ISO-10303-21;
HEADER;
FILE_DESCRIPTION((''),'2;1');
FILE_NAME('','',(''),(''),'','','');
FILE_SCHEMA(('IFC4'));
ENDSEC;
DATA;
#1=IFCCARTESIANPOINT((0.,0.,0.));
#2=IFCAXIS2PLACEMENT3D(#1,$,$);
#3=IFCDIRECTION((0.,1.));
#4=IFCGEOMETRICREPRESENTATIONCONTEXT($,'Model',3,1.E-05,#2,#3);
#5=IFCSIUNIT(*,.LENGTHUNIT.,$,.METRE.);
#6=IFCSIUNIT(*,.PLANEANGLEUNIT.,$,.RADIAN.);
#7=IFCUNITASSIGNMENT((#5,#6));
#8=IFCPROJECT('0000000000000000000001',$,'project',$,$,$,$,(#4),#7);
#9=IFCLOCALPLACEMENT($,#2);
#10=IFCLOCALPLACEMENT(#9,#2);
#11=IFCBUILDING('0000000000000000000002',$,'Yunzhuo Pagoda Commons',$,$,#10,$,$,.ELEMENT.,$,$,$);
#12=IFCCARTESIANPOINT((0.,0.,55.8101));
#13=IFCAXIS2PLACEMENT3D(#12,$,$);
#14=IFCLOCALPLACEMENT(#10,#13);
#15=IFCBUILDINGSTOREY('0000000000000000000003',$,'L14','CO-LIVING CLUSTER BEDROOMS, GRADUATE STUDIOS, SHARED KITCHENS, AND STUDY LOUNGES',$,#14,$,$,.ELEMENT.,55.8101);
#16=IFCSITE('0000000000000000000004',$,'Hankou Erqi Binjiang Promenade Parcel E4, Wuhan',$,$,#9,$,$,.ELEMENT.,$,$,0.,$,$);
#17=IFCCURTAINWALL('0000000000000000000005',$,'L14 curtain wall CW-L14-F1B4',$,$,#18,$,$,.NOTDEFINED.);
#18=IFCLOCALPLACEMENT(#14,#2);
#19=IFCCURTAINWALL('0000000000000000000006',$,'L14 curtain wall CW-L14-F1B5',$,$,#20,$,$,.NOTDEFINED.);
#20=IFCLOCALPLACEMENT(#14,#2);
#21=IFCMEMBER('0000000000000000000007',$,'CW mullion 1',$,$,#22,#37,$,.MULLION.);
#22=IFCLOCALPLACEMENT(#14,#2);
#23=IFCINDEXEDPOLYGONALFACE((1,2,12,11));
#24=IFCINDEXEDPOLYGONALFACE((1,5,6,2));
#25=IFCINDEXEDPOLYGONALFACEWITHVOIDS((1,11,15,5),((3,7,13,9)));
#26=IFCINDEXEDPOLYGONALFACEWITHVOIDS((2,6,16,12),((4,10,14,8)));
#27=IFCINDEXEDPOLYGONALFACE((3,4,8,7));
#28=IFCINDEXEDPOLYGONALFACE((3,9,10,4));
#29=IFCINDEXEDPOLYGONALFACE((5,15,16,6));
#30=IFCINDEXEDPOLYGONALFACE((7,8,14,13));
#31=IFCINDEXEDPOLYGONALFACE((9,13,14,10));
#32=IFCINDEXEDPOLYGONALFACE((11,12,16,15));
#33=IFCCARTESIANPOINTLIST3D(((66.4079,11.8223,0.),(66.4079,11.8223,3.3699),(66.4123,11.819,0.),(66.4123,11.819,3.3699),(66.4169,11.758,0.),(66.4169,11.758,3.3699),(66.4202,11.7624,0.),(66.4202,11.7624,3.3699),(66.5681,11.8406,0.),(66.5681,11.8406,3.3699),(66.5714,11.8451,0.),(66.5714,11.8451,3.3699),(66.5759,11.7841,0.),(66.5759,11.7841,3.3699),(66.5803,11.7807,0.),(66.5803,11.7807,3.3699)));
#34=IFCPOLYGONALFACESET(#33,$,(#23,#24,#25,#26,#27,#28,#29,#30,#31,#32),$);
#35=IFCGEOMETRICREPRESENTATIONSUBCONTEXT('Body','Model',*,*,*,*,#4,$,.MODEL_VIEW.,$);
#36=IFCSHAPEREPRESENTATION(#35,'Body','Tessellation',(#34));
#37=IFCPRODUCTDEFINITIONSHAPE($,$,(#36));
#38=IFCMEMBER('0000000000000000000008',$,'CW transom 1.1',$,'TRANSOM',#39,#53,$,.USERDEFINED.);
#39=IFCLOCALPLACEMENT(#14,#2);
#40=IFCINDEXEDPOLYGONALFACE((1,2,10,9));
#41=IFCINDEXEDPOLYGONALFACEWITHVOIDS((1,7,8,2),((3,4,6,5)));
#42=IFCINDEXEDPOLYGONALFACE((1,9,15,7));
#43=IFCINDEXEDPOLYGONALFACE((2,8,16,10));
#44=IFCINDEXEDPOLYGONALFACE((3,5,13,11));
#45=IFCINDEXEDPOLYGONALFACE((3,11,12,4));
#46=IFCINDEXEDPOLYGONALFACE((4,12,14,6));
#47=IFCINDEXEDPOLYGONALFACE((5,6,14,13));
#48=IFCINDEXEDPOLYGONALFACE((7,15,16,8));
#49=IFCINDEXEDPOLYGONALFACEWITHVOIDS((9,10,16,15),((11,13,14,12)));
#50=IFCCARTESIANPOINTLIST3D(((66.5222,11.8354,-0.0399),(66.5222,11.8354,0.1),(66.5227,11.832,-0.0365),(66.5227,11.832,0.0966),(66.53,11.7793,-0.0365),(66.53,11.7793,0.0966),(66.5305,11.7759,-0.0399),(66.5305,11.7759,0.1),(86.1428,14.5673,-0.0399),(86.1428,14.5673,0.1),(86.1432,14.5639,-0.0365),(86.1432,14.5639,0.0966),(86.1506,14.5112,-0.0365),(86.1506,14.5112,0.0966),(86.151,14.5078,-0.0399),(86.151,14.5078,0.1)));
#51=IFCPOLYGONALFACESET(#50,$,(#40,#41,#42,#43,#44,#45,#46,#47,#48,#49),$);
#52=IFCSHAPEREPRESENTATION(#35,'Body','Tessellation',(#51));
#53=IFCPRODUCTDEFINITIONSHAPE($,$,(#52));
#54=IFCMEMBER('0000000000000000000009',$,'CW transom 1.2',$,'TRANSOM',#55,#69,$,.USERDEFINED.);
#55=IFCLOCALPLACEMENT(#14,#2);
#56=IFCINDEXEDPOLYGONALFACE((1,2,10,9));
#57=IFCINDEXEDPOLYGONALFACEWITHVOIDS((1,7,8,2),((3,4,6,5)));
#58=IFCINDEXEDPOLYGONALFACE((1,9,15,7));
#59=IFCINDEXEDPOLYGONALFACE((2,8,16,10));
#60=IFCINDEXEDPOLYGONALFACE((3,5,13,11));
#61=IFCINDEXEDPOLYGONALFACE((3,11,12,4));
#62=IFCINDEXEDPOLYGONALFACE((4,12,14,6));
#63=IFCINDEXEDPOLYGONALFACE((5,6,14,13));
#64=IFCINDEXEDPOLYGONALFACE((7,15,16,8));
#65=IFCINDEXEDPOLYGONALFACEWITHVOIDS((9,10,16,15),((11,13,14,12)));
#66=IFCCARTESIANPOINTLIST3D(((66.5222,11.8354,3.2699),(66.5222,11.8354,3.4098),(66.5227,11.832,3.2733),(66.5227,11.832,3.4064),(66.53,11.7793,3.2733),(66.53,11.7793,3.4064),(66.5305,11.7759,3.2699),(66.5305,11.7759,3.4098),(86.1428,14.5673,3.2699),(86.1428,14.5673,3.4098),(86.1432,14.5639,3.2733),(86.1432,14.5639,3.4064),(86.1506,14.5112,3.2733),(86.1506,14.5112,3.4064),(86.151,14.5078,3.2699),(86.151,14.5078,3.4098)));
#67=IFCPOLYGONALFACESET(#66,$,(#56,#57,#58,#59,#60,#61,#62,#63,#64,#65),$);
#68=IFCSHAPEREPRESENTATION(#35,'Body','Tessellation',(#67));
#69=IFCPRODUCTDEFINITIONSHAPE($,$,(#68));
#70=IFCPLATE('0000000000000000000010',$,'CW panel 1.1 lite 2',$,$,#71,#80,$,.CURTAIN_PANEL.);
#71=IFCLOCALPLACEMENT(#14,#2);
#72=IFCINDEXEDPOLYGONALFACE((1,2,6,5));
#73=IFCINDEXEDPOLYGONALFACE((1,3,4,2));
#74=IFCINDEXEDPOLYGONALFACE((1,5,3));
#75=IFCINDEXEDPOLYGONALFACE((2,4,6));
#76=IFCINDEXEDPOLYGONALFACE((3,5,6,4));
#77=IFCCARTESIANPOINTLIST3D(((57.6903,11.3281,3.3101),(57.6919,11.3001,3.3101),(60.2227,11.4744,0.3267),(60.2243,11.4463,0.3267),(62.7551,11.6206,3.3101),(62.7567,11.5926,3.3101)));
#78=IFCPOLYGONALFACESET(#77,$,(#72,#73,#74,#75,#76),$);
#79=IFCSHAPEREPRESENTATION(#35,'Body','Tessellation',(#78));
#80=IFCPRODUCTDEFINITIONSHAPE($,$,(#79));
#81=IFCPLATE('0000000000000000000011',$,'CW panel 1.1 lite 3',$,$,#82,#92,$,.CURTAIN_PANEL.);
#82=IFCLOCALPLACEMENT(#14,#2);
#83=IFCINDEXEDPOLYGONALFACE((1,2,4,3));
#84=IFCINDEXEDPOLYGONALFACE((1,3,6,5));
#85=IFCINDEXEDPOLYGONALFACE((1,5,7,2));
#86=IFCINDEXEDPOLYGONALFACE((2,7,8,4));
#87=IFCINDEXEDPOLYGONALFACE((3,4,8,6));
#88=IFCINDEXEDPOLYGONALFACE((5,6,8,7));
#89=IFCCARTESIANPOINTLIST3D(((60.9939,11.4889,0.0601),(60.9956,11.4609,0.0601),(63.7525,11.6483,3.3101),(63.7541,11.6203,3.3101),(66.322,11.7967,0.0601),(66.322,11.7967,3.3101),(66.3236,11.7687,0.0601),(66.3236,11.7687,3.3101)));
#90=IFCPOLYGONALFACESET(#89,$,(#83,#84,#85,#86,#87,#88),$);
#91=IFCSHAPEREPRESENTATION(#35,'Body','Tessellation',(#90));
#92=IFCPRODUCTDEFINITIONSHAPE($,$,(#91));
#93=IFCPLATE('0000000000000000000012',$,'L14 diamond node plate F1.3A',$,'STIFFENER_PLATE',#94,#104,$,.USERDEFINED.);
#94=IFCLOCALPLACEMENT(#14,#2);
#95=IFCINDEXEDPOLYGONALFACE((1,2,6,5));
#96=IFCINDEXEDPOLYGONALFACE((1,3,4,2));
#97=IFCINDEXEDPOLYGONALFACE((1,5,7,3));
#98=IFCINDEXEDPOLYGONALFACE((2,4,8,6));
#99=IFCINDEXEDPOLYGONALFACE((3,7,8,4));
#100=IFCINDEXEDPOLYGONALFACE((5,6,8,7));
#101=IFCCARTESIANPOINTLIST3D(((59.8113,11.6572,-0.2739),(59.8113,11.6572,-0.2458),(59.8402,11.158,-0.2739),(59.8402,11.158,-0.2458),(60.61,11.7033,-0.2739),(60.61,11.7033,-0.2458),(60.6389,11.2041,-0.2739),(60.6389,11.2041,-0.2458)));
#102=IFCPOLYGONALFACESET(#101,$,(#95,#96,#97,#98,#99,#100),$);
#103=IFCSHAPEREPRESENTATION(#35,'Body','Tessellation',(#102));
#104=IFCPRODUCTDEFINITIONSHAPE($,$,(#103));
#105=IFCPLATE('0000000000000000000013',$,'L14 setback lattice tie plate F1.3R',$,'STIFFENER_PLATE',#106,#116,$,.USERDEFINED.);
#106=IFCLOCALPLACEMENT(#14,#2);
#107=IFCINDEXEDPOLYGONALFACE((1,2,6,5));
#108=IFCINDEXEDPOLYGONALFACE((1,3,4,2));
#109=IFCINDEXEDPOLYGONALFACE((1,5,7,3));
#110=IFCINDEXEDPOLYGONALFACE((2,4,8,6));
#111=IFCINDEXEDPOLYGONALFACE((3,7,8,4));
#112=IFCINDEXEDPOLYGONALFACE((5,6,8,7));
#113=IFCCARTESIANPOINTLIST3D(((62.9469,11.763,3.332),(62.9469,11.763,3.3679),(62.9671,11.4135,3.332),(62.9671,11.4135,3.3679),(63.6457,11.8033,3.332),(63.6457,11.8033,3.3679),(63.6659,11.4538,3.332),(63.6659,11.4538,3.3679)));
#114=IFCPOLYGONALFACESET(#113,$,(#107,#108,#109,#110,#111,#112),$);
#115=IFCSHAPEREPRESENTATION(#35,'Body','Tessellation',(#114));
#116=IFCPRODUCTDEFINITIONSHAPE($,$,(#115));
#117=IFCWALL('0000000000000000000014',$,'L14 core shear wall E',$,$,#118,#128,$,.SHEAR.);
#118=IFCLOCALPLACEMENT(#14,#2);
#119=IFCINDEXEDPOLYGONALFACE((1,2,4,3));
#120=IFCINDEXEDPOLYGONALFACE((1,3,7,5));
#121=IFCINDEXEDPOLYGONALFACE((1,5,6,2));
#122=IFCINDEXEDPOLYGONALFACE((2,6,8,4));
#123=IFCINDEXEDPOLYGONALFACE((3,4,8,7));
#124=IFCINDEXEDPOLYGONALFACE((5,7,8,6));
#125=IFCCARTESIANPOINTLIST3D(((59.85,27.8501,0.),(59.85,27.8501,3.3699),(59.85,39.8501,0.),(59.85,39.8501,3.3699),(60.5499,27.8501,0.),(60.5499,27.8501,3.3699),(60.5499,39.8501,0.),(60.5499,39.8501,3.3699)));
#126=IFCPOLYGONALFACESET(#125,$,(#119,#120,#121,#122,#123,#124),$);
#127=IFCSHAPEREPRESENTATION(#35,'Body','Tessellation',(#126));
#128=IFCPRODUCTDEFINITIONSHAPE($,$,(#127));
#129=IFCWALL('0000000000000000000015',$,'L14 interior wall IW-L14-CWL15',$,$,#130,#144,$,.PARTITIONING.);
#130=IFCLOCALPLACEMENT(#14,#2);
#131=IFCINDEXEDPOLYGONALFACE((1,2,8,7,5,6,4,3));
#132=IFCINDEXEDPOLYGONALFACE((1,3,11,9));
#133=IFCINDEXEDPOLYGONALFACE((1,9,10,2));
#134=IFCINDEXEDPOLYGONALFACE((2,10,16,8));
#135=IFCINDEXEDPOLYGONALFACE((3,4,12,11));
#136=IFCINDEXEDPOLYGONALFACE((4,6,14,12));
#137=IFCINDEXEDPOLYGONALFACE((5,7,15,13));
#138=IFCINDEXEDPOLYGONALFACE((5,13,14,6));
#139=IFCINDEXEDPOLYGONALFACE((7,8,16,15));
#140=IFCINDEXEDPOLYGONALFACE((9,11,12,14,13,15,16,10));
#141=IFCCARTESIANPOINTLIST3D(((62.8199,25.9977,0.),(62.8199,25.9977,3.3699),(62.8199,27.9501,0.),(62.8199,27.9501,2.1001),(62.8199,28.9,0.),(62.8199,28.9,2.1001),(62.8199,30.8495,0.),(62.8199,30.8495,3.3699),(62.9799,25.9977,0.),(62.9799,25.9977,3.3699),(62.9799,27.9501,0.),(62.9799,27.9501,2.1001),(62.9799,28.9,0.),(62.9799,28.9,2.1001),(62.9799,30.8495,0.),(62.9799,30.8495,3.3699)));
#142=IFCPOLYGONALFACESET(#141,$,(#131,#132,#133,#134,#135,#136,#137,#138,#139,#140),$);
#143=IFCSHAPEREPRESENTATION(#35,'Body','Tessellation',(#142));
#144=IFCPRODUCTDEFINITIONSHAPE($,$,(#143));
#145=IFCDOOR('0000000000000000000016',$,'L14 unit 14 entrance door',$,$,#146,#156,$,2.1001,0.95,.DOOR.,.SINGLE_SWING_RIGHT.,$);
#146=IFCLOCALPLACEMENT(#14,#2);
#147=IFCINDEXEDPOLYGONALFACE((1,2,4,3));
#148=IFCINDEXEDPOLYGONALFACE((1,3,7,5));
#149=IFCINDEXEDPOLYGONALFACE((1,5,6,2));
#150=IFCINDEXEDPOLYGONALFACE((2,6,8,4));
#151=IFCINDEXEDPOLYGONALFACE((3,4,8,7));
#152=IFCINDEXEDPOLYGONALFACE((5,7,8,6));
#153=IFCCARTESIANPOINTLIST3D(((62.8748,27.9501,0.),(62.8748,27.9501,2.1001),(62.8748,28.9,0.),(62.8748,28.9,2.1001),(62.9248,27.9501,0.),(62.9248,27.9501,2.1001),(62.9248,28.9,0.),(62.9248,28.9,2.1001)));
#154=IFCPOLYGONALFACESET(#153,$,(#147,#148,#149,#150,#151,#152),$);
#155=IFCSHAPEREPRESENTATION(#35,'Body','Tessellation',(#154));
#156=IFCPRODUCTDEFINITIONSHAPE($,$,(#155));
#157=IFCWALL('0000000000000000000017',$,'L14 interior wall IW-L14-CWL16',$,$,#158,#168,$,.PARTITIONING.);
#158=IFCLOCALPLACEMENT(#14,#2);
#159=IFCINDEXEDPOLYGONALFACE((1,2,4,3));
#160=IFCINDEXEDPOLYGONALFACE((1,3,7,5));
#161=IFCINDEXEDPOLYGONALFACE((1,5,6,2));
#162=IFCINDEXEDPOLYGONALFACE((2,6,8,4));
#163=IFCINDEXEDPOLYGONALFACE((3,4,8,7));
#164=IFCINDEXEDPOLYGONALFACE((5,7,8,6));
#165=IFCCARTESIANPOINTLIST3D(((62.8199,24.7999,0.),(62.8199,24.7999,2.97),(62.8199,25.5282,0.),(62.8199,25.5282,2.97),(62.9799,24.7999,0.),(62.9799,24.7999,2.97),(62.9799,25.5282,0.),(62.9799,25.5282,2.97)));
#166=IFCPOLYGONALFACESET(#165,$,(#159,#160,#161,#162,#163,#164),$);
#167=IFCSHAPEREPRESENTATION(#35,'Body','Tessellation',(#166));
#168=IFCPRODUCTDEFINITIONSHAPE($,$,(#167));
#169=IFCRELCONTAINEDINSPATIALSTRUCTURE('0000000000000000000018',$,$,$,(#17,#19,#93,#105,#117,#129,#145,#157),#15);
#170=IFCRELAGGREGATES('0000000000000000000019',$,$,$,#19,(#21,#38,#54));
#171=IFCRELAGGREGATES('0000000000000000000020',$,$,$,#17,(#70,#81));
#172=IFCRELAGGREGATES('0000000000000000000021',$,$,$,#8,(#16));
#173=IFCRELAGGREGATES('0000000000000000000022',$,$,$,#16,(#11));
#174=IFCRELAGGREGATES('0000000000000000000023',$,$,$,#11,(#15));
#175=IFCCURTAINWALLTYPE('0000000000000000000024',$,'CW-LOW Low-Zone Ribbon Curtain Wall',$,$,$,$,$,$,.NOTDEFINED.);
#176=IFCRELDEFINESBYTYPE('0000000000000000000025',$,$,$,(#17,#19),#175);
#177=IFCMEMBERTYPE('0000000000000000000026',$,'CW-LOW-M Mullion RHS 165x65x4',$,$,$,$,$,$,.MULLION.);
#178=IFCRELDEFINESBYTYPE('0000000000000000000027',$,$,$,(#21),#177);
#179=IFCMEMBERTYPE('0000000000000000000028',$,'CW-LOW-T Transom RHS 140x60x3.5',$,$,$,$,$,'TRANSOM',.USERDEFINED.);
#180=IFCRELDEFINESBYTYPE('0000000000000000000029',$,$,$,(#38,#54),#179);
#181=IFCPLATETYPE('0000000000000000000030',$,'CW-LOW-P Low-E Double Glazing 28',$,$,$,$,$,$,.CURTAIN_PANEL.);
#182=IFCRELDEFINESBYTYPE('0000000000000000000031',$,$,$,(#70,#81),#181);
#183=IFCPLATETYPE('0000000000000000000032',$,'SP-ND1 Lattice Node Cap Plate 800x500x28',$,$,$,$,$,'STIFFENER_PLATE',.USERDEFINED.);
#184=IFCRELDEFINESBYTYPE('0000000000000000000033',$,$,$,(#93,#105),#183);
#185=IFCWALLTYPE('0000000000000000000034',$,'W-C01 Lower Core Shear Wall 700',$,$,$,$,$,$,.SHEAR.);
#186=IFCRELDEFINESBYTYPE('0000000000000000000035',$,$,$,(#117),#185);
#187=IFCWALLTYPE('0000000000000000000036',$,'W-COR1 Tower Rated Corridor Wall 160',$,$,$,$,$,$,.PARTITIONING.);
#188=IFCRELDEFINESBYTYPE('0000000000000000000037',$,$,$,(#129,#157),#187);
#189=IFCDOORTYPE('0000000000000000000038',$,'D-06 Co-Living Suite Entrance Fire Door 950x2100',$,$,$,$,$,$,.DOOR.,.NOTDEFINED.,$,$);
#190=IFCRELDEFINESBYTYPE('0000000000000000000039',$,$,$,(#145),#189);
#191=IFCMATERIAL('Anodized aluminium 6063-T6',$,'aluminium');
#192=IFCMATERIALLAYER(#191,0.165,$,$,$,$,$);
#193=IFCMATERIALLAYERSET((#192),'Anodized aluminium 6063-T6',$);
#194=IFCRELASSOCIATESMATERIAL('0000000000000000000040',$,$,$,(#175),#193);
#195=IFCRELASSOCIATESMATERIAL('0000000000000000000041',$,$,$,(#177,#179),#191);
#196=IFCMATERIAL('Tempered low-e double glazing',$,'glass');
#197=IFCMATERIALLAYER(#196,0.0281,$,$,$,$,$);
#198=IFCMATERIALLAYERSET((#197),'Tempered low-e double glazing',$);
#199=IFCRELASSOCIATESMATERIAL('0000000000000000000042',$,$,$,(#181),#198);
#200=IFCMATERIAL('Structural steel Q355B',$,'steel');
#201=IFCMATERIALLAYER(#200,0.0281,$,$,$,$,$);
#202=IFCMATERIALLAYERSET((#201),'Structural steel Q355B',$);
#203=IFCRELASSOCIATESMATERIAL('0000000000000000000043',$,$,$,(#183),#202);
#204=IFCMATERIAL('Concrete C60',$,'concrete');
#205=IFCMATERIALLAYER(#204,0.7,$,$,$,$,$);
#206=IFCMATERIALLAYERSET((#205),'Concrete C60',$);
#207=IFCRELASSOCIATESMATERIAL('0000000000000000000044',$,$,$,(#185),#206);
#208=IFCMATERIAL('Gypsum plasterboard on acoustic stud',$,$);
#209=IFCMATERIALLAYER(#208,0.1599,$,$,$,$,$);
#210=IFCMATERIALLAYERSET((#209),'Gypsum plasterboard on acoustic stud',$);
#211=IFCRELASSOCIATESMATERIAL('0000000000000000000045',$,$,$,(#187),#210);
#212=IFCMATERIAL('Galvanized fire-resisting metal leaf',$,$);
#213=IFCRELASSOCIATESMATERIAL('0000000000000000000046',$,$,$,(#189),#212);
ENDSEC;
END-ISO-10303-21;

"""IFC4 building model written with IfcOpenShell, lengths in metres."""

from ifc_helpers import new_model, si_unit, direction, frame, frame_2d, origin, origin_with_axes, origin_2d, place, context, subcontext, project, spatial, polyline, rectangle, hollow_rectangle, outline, extrude, source, transform, mapped, material, layer, layer_set, material_profile, profile_set, type_object, element, fill, aggregate, save


model = new_model("IFC4")

# Units and contexts
model_context = context("Model", 3, precision=1e-05, world=origin(), true_north=direction((0.0, 1.0)))
body_context = subcontext(model_context, "Body", "Model", "MODEL_VIEW")
ifc_project = project(units=[si_unit("LENGTHUNIT", "METRE"), si_unit("PLANEANGLEUNIT", "RADIAN")], contexts=[model_context])

# Site, building, storey
site_placement = place(None, origin())
site = spatial("IfcSite", under=ifc_project, at=site_placement, Name="Hankou Erqi Binjiang Promenade Parcel E4, Wuhan", CompositionType="ELEMENT", RefElevation=0.0)
building_placement = place(site_placement, origin())
building = spatial("IfcBuilding", under=site, at=building_placement, Name="Yunzhuo Pagoda Commons", CompositionType="ELEMENT")
storey_placement = place(building_placement, frame((0.0, 0.0, 55.8101)))
storey = spatial("IfcBuildingStorey", under=building, at=storey_placement, Name="L14", Description="CO-LIVING CLUSTER BEDROOMS, GRADUATE STUDIOS, SHARED KITCHENS, AND STUDY LOUNGES", CompositionType="ELEMENT", Elevation=55.8101)

# Shared definitions
ifc_material_1 = material(Name="Structural steel Q355B", Category="steel")

# Curtain wall
ifc_material_2 = material(Name="Anodized aluminium 6063-T6", Category="aluminium")
ifc_layer_1 = layer(ifc_material_2, 0.165)
ifc_layer_set_1 = layer_set([ifc_layer_1], Name="Anodized aluminium 6063-T6")
curtain_wall_type = type_object("IfcCurtainWallType", Name="CW-LOW Low-Zone Ribbon Curtain Wall", PredefinedType="NOTDEFINED", material=ifc_layer_set_1)
curtain_wall_1_placement = place(storey_placement, origin())
curtain_wall_1 = element("IfcCurtainWall", 1, at=curtain_wall_1_placement, inside=storey, type_object=curtain_wall_type, Name="L14 curtain wall CW-L14-F1B4", PredefinedType="NOTDEFINED")
ifc_material_profile_1 = material_profile(ifc_material_2, hollow_rectangle(XDim=0.0649, YDim=0.165, WallThickness=0.0039, at=origin_2d()), Name="Anodized aluminium 6063-T6")
ifc_profile_set_1 = profile_set([ifc_material_profile_1], Name="Anodized aluminium 6063-T6")
member_type_1 = type_object("IfcMemberType", Name="CW-LOW-M Mullion RHS 165x65x4", PredefinedType="MULLION", material=ifc_profile_set_1)
shared_shape_1 = source(origin(), body_context, "Body", "SweptSolid", [
    extrude(hollow_rectangle(XDim=0.0649, YDim=0.165, WallThickness=0.0039, at=origin_2d()), origin(), (0.0, 0.0, 1.0), 3.3699),
])

# Curtain wall, members
curtain_wall_2_placement = place(storey_placement, origin())
curtain_wall_2 = element("IfcCurtainWall", 2, at=curtain_wall_2_placement, inside=storey, type_object=curtain_wall_type, Name="L14 curtain wall CW-L14-F1B5", PredefinedType="NOTDEFINED")
member_1_placement = place(storey_placement, frame((66.4941, 11.8015, 0.0), z_axis=(0.0, 0.0, 1.0), x_axis=(-0.137905, 0.990445, 0.0)))
member_1 = element("IfcMember", 3, at=member_1_placement, type_object=member_type_1, Name="CW mullion 1", PredefinedType="MULLION", context=body_context, shape_type="MappedRepresentation", body=[
    mapped(shared_shape_1, transform((0.0, 0.0, 0.0), scale=1.0)),
])
ifc_material_profile_2 = material_profile(ifc_material_2, hollow_rectangle(XDim=0.0601, YDim=0.1399, WallThickness=0.0034, at=origin_2d()), Name="Anodized aluminium 6063-T6")
ifc_profile_set_2 = profile_set([ifc_material_profile_2], Name="Anodized aluminium 6063-T6")
member_type_2 = type_object("IfcMemberType", Name="CW-LOW-T Transom RHS 140x60x3.5", ElementType="TRANSOM", PredefinedType="USERDEFINED", material=ifc_profile_set_2)
shared_shape_2 = source(origin(), body_context, "Body", "SweptSolid", [
    extrude(hollow_rectangle(XDim=0.0601, YDim=0.1399, WallThickness=0.0034, at=origin_2d()), origin(), (0.0, 0.0, 1.0), 19.8098),
])
member_2_placement = place(storey_placement, frame((66.5264, 11.8057, 0.03), z_axis=(0.990445, 0.137908, 0.0), x_axis=(-0.137908, 0.990445, 0.0)))
member_2 = element("IfcMember", 4, at=member_2_placement, type_object=member_type_2, Name="CW transom 1.1", ObjectType="TRANSOM", PredefinedType="USERDEFINED", context=body_context, shape_type="MappedRepresentation", body=[
    mapped(shared_shape_2, transform((0.0, 0.0, 0.0), scale=1.0)),
])
member_3_placement = place(storey_placement, frame((66.5264, 11.8057, 3.3398), z_axis=(0.990445, 0.137908, 0.0), x_axis=(-0.137908, 0.990445, 0.0)))
member_3 = element("IfcMember", 5, at=member_3_placement, type_object=member_type_2, Name="CW transom 1.2", ObjectType="TRANSOM", PredefinedType="USERDEFINED", context=body_context, shape_type="MappedRepresentation", body=[
    mapped(shared_shape_2, transform((0.0, 0.0, 0.0), scale=1.0)),
])
aggregate(curtain_wall_2, [member_1, member_2, member_3])

# Plates
ifc_material_3 = material(Name="Tempered low-e double glazing", Category="glass")
ifc_layer_2 = layer(ifc_material_3, 0.0281)
ifc_layer_set_2 = layer_set([ifc_layer_2], Name="Tempered low-e double glazing")
plate_type_1 = type_object("IfcPlateType", Name="CW-LOW-P Low-E Double Glazing 28", PredefinedType="CURTAIN_PANEL", material=ifc_layer_set_2)
plate_1_placement = place(storey_placement, frame((60.2227, 11.4744, 1.8184), z_axis=(0.057664, -0.998336, 0.0), x_axis=(0.998336, 0.057664, 0.0)))
plate_1 = element("IfcPlate", 6, at=plate_1_placement, type_object=plate_type_1, Name="CW panel 1.1 lite 2", PredefinedType="CURTAIN_PANEL", context=body_context, shape_type="SweptSolid", body=[
    extrude(outline(polyline([(-2.5366, 1.4917), (0.0, -1.4917), (2.5366, 1.4917), (-2.5366, 1.4917)])), origin(), (0.0, 0.0, 1.0), 0.0281),
])
plate_2_placement = place(storey_placement, frame((63.658, 11.6428, 1.6851), z_axis=(0.057664, -0.998336, 0.0), x_axis=(0.998336, 0.057664, 0.0)))
plate_2 = element("IfcPlate", 7, at=plate_2_placement, type_object=plate_type_1, Name="CW panel 1.1 lite 3", PredefinedType="CURTAIN_PANEL", context=body_context, shape_type="SweptSolid", body=[
    extrude(outline(polyline([(-2.6685, -1.625), (2.6685, -1.625), (2.6685, 1.625), (0.0947, 1.625), (-2.6685, -1.625)])), origin(), (0.0, 0.0, 1.0), 0.0281),
])
aggregate(curtain_wall_1, [plate_1, plate_2])

# Plates
ifc_layer_3 = layer(ifc_material_1, 0.0281)
ifc_layer_set_3 = layer_set([ifc_layer_3], Name="Structural steel Q355B")
plate_type_2 = type_object("IfcPlateType", Name="SP-ND1 Lattice Node Cap Plate 800x500x28", ElementType="STIFFENER_PLATE", PredefinedType="USERDEFINED", material=ifc_layer_set_3)
shared_shape_3 = source(origin(), body_context, "Body", "SweptSolid", [
    extrude(rectangle(XDim=0.8, YDim=0.5, at=origin_2d()), origin(), (0.0, 0.0, 1.0), 0.0281),
])
plate_3_placement = place(storey_placement, frame((60.2251, 11.4307, -0.2739), z_axis=(0.0, 0.0, 1.0), x_axis=(0.998336, 0.057669, 0.0)))
element("IfcPlate", 8, at=plate_3_placement, inside=storey, type_object=plate_type_2, Name="L14 diamond node plate F1.3A", ObjectType="STIFFENER_PLATE", PredefinedType="USERDEFINED", context=body_context, shape_type="MappedRepresentation", body=[
    mapped(shared_shape_3, transform((0.0, 0.0, 0.0), scale=1.0)),
])
shared_shape_4 = source(origin(), body_context, "Body", "SweptSolid", [
    extrude(rectangle(XDim=0.7, YDim=0.3501, at=origin_2d()), origin(), (0.0, 0.0, 1.0), 0.0359),
])
plate_4_placement = place(storey_placement, frame((63.3064, 11.6084, 3.332), z_axis=(0.0, 0.0, 1.0), x_axis=(0.998336, 0.057669, 0.0)))
element("IfcPlate", 9, at=plate_4_placement, inside=storey, type_object=plate_type_2, Name="L14 setback lattice tie plate F1.3R", ObjectType="STIFFENER_PLATE", PredefinedType="USERDEFINED", context=body_context, shape_type="MappedRepresentation", body=[
    mapped(shared_shape_4, transform((0.0, 0.0, 0.0), scale=1.0)),
])

# Wall
ifc_material_4 = material(Name="Concrete C60", Category="concrete")
ifc_layer_4 = layer(ifc_material_4, 0.7)
ifc_layer_set_4 = layer_set([ifc_layer_4], Name="Concrete C60")
wall_type_1 = type_object("IfcWallType", Name="W-C01 Lower Core Shear Wall 700", PredefinedType="SHEAR", material=ifc_layer_set_4)
wall_1_placement = place(storey_placement, frame((60.2, 27.8501, 0.0), z_axis=(0.0, 0.0, 1.0), x_axis=(0.0, 1.0, 0.0)))
element("IfcWall", 10, at=wall_1_placement, inside=storey, type_object=wall_type_1, Name="L14 core shear wall E", PredefinedType="SHEAR", context=body_context, shape_type="SweptSolid", body=[
    extrude(rectangle(XDim=12.0, YDim=0.7, at=frame_2d((6.0, 0.0))), origin(), (0.0, 0.0, 1.0), 3.3699),
])

# Wall, opening, door
ifc_material_5 = material(Name="Gypsum plasterboard on acoustic stud")
ifc_layer_5 = layer(ifc_material_5, 0.1599)
ifc_layer_set_5 = layer_set([ifc_layer_5], Name="Gypsum plasterboard on acoustic stud")
wall_type_2 = type_object("IfcWallType", Name="W-COR1 Tower Rated Corridor Wall 160", PredefinedType="PARTITIONING", material=ifc_layer_set_5)
wall_2_placement = place(storey_placement, frame((62.8999, 30.8494, 0.0), z_axis=(0.0, 0.0, 1.0), x_axis=(0.0, -1.0, 0.0)))
wall_2 = element("IfcWall", 11, at=wall_2_placement, inside=storey, type_object=wall_type_2, Name="L14 interior wall IW-L14-CWL15", PredefinedType="PARTITIONING", context=body_context, shape_type="SweptSolid", body=[
    extrude(rectangle(XDim=4.8518, YDim=0.1599, at=frame_2d((2.4258, 0.0))), origin(), (0.0, 0.0, 1.0), 3.3699),
])
opening_1_placement = place(wall_2_placement, frame((1.9492, 0.0, 0.0)))
opening_1 = element("IfcOpeningElement", 12, at=opening_1_placement, cuts=wall_2, PredefinedType="OPENING", context=body_context, shape_type="SweptSolid", body=[
    extrude(rectangle(XDim=0.95, YDim=2.1001, at=frame_2d((0.4751, 1.05))), frame((0.0, 0.0898, 0.0), z_axis=(0.0, -1.0, 0.0), x_axis=(1.0, 0.0, 0.0)), (0.0, 0.0, 1.0), 0.1799),
])
ifc_material_6 = material(Name="Galvanized fire-resisting metal leaf")
door_type = type_object("IfcDoorType", Name="D-06 Co-Living Suite Entrance Fire Door 950x2100", OperationType="NOTDEFINED", PredefinedType="DOOR", material=ifc_material_6)
shared_shape_5 = source(origin(), body_context, "Body", "SweptSolid", [
    extrude(rectangle(XDim=0.95, YDim=2.1001, at=frame_2d((0.4751, 1.05))), frame((0.0, 0.0249, 0.0), z_axis=(0.0, -1.0, 0.0), x_axis=(1.0, 0.0, 0.0)), (0.0, 0.0, 1.0), 0.05),
])
door_1_placement = place(opening_1_placement, origin_with_axes())
door_1 = element("IfcDoor", 13, at=door_1_placement, inside=storey, type_object=door_type, Name="L14 unit 14 entrance door", OperationType="SINGLE_SWING_RIGHT", OverallHeight=2.1001, OverallWidth=0.95, PredefinedType="DOOR", context=body_context, shape_type="MappedRepresentation", body=[
    mapped(shared_shape_5, transform((0.0, 0.0, 0.0), scale=1.0)),
])
fill(opening_1, door_1)

# Wall
wall_3_placement = place(storey_placement, frame((62.8999, 25.5283, 0.0), z_axis=(0.0, 0.0, 1.0), x_axis=(0.0, -1.0, 0.0)))
element("IfcWall", 14, at=wall_3_placement, inside=storey, type_object=wall_type_2, Name="L14 interior wall IW-L14-CWL16", PredefinedType="PARTITIONING", context=body_context, shape_type="SweptSolid", body=[
    extrude(rectangle(XDim=0.7283, YDim=0.1599, at=frame_2d((0.3643, 0.0))), origin(), (0.0, 0.0, 1.0), 2.97),
])

save(model, "model.ifc")
